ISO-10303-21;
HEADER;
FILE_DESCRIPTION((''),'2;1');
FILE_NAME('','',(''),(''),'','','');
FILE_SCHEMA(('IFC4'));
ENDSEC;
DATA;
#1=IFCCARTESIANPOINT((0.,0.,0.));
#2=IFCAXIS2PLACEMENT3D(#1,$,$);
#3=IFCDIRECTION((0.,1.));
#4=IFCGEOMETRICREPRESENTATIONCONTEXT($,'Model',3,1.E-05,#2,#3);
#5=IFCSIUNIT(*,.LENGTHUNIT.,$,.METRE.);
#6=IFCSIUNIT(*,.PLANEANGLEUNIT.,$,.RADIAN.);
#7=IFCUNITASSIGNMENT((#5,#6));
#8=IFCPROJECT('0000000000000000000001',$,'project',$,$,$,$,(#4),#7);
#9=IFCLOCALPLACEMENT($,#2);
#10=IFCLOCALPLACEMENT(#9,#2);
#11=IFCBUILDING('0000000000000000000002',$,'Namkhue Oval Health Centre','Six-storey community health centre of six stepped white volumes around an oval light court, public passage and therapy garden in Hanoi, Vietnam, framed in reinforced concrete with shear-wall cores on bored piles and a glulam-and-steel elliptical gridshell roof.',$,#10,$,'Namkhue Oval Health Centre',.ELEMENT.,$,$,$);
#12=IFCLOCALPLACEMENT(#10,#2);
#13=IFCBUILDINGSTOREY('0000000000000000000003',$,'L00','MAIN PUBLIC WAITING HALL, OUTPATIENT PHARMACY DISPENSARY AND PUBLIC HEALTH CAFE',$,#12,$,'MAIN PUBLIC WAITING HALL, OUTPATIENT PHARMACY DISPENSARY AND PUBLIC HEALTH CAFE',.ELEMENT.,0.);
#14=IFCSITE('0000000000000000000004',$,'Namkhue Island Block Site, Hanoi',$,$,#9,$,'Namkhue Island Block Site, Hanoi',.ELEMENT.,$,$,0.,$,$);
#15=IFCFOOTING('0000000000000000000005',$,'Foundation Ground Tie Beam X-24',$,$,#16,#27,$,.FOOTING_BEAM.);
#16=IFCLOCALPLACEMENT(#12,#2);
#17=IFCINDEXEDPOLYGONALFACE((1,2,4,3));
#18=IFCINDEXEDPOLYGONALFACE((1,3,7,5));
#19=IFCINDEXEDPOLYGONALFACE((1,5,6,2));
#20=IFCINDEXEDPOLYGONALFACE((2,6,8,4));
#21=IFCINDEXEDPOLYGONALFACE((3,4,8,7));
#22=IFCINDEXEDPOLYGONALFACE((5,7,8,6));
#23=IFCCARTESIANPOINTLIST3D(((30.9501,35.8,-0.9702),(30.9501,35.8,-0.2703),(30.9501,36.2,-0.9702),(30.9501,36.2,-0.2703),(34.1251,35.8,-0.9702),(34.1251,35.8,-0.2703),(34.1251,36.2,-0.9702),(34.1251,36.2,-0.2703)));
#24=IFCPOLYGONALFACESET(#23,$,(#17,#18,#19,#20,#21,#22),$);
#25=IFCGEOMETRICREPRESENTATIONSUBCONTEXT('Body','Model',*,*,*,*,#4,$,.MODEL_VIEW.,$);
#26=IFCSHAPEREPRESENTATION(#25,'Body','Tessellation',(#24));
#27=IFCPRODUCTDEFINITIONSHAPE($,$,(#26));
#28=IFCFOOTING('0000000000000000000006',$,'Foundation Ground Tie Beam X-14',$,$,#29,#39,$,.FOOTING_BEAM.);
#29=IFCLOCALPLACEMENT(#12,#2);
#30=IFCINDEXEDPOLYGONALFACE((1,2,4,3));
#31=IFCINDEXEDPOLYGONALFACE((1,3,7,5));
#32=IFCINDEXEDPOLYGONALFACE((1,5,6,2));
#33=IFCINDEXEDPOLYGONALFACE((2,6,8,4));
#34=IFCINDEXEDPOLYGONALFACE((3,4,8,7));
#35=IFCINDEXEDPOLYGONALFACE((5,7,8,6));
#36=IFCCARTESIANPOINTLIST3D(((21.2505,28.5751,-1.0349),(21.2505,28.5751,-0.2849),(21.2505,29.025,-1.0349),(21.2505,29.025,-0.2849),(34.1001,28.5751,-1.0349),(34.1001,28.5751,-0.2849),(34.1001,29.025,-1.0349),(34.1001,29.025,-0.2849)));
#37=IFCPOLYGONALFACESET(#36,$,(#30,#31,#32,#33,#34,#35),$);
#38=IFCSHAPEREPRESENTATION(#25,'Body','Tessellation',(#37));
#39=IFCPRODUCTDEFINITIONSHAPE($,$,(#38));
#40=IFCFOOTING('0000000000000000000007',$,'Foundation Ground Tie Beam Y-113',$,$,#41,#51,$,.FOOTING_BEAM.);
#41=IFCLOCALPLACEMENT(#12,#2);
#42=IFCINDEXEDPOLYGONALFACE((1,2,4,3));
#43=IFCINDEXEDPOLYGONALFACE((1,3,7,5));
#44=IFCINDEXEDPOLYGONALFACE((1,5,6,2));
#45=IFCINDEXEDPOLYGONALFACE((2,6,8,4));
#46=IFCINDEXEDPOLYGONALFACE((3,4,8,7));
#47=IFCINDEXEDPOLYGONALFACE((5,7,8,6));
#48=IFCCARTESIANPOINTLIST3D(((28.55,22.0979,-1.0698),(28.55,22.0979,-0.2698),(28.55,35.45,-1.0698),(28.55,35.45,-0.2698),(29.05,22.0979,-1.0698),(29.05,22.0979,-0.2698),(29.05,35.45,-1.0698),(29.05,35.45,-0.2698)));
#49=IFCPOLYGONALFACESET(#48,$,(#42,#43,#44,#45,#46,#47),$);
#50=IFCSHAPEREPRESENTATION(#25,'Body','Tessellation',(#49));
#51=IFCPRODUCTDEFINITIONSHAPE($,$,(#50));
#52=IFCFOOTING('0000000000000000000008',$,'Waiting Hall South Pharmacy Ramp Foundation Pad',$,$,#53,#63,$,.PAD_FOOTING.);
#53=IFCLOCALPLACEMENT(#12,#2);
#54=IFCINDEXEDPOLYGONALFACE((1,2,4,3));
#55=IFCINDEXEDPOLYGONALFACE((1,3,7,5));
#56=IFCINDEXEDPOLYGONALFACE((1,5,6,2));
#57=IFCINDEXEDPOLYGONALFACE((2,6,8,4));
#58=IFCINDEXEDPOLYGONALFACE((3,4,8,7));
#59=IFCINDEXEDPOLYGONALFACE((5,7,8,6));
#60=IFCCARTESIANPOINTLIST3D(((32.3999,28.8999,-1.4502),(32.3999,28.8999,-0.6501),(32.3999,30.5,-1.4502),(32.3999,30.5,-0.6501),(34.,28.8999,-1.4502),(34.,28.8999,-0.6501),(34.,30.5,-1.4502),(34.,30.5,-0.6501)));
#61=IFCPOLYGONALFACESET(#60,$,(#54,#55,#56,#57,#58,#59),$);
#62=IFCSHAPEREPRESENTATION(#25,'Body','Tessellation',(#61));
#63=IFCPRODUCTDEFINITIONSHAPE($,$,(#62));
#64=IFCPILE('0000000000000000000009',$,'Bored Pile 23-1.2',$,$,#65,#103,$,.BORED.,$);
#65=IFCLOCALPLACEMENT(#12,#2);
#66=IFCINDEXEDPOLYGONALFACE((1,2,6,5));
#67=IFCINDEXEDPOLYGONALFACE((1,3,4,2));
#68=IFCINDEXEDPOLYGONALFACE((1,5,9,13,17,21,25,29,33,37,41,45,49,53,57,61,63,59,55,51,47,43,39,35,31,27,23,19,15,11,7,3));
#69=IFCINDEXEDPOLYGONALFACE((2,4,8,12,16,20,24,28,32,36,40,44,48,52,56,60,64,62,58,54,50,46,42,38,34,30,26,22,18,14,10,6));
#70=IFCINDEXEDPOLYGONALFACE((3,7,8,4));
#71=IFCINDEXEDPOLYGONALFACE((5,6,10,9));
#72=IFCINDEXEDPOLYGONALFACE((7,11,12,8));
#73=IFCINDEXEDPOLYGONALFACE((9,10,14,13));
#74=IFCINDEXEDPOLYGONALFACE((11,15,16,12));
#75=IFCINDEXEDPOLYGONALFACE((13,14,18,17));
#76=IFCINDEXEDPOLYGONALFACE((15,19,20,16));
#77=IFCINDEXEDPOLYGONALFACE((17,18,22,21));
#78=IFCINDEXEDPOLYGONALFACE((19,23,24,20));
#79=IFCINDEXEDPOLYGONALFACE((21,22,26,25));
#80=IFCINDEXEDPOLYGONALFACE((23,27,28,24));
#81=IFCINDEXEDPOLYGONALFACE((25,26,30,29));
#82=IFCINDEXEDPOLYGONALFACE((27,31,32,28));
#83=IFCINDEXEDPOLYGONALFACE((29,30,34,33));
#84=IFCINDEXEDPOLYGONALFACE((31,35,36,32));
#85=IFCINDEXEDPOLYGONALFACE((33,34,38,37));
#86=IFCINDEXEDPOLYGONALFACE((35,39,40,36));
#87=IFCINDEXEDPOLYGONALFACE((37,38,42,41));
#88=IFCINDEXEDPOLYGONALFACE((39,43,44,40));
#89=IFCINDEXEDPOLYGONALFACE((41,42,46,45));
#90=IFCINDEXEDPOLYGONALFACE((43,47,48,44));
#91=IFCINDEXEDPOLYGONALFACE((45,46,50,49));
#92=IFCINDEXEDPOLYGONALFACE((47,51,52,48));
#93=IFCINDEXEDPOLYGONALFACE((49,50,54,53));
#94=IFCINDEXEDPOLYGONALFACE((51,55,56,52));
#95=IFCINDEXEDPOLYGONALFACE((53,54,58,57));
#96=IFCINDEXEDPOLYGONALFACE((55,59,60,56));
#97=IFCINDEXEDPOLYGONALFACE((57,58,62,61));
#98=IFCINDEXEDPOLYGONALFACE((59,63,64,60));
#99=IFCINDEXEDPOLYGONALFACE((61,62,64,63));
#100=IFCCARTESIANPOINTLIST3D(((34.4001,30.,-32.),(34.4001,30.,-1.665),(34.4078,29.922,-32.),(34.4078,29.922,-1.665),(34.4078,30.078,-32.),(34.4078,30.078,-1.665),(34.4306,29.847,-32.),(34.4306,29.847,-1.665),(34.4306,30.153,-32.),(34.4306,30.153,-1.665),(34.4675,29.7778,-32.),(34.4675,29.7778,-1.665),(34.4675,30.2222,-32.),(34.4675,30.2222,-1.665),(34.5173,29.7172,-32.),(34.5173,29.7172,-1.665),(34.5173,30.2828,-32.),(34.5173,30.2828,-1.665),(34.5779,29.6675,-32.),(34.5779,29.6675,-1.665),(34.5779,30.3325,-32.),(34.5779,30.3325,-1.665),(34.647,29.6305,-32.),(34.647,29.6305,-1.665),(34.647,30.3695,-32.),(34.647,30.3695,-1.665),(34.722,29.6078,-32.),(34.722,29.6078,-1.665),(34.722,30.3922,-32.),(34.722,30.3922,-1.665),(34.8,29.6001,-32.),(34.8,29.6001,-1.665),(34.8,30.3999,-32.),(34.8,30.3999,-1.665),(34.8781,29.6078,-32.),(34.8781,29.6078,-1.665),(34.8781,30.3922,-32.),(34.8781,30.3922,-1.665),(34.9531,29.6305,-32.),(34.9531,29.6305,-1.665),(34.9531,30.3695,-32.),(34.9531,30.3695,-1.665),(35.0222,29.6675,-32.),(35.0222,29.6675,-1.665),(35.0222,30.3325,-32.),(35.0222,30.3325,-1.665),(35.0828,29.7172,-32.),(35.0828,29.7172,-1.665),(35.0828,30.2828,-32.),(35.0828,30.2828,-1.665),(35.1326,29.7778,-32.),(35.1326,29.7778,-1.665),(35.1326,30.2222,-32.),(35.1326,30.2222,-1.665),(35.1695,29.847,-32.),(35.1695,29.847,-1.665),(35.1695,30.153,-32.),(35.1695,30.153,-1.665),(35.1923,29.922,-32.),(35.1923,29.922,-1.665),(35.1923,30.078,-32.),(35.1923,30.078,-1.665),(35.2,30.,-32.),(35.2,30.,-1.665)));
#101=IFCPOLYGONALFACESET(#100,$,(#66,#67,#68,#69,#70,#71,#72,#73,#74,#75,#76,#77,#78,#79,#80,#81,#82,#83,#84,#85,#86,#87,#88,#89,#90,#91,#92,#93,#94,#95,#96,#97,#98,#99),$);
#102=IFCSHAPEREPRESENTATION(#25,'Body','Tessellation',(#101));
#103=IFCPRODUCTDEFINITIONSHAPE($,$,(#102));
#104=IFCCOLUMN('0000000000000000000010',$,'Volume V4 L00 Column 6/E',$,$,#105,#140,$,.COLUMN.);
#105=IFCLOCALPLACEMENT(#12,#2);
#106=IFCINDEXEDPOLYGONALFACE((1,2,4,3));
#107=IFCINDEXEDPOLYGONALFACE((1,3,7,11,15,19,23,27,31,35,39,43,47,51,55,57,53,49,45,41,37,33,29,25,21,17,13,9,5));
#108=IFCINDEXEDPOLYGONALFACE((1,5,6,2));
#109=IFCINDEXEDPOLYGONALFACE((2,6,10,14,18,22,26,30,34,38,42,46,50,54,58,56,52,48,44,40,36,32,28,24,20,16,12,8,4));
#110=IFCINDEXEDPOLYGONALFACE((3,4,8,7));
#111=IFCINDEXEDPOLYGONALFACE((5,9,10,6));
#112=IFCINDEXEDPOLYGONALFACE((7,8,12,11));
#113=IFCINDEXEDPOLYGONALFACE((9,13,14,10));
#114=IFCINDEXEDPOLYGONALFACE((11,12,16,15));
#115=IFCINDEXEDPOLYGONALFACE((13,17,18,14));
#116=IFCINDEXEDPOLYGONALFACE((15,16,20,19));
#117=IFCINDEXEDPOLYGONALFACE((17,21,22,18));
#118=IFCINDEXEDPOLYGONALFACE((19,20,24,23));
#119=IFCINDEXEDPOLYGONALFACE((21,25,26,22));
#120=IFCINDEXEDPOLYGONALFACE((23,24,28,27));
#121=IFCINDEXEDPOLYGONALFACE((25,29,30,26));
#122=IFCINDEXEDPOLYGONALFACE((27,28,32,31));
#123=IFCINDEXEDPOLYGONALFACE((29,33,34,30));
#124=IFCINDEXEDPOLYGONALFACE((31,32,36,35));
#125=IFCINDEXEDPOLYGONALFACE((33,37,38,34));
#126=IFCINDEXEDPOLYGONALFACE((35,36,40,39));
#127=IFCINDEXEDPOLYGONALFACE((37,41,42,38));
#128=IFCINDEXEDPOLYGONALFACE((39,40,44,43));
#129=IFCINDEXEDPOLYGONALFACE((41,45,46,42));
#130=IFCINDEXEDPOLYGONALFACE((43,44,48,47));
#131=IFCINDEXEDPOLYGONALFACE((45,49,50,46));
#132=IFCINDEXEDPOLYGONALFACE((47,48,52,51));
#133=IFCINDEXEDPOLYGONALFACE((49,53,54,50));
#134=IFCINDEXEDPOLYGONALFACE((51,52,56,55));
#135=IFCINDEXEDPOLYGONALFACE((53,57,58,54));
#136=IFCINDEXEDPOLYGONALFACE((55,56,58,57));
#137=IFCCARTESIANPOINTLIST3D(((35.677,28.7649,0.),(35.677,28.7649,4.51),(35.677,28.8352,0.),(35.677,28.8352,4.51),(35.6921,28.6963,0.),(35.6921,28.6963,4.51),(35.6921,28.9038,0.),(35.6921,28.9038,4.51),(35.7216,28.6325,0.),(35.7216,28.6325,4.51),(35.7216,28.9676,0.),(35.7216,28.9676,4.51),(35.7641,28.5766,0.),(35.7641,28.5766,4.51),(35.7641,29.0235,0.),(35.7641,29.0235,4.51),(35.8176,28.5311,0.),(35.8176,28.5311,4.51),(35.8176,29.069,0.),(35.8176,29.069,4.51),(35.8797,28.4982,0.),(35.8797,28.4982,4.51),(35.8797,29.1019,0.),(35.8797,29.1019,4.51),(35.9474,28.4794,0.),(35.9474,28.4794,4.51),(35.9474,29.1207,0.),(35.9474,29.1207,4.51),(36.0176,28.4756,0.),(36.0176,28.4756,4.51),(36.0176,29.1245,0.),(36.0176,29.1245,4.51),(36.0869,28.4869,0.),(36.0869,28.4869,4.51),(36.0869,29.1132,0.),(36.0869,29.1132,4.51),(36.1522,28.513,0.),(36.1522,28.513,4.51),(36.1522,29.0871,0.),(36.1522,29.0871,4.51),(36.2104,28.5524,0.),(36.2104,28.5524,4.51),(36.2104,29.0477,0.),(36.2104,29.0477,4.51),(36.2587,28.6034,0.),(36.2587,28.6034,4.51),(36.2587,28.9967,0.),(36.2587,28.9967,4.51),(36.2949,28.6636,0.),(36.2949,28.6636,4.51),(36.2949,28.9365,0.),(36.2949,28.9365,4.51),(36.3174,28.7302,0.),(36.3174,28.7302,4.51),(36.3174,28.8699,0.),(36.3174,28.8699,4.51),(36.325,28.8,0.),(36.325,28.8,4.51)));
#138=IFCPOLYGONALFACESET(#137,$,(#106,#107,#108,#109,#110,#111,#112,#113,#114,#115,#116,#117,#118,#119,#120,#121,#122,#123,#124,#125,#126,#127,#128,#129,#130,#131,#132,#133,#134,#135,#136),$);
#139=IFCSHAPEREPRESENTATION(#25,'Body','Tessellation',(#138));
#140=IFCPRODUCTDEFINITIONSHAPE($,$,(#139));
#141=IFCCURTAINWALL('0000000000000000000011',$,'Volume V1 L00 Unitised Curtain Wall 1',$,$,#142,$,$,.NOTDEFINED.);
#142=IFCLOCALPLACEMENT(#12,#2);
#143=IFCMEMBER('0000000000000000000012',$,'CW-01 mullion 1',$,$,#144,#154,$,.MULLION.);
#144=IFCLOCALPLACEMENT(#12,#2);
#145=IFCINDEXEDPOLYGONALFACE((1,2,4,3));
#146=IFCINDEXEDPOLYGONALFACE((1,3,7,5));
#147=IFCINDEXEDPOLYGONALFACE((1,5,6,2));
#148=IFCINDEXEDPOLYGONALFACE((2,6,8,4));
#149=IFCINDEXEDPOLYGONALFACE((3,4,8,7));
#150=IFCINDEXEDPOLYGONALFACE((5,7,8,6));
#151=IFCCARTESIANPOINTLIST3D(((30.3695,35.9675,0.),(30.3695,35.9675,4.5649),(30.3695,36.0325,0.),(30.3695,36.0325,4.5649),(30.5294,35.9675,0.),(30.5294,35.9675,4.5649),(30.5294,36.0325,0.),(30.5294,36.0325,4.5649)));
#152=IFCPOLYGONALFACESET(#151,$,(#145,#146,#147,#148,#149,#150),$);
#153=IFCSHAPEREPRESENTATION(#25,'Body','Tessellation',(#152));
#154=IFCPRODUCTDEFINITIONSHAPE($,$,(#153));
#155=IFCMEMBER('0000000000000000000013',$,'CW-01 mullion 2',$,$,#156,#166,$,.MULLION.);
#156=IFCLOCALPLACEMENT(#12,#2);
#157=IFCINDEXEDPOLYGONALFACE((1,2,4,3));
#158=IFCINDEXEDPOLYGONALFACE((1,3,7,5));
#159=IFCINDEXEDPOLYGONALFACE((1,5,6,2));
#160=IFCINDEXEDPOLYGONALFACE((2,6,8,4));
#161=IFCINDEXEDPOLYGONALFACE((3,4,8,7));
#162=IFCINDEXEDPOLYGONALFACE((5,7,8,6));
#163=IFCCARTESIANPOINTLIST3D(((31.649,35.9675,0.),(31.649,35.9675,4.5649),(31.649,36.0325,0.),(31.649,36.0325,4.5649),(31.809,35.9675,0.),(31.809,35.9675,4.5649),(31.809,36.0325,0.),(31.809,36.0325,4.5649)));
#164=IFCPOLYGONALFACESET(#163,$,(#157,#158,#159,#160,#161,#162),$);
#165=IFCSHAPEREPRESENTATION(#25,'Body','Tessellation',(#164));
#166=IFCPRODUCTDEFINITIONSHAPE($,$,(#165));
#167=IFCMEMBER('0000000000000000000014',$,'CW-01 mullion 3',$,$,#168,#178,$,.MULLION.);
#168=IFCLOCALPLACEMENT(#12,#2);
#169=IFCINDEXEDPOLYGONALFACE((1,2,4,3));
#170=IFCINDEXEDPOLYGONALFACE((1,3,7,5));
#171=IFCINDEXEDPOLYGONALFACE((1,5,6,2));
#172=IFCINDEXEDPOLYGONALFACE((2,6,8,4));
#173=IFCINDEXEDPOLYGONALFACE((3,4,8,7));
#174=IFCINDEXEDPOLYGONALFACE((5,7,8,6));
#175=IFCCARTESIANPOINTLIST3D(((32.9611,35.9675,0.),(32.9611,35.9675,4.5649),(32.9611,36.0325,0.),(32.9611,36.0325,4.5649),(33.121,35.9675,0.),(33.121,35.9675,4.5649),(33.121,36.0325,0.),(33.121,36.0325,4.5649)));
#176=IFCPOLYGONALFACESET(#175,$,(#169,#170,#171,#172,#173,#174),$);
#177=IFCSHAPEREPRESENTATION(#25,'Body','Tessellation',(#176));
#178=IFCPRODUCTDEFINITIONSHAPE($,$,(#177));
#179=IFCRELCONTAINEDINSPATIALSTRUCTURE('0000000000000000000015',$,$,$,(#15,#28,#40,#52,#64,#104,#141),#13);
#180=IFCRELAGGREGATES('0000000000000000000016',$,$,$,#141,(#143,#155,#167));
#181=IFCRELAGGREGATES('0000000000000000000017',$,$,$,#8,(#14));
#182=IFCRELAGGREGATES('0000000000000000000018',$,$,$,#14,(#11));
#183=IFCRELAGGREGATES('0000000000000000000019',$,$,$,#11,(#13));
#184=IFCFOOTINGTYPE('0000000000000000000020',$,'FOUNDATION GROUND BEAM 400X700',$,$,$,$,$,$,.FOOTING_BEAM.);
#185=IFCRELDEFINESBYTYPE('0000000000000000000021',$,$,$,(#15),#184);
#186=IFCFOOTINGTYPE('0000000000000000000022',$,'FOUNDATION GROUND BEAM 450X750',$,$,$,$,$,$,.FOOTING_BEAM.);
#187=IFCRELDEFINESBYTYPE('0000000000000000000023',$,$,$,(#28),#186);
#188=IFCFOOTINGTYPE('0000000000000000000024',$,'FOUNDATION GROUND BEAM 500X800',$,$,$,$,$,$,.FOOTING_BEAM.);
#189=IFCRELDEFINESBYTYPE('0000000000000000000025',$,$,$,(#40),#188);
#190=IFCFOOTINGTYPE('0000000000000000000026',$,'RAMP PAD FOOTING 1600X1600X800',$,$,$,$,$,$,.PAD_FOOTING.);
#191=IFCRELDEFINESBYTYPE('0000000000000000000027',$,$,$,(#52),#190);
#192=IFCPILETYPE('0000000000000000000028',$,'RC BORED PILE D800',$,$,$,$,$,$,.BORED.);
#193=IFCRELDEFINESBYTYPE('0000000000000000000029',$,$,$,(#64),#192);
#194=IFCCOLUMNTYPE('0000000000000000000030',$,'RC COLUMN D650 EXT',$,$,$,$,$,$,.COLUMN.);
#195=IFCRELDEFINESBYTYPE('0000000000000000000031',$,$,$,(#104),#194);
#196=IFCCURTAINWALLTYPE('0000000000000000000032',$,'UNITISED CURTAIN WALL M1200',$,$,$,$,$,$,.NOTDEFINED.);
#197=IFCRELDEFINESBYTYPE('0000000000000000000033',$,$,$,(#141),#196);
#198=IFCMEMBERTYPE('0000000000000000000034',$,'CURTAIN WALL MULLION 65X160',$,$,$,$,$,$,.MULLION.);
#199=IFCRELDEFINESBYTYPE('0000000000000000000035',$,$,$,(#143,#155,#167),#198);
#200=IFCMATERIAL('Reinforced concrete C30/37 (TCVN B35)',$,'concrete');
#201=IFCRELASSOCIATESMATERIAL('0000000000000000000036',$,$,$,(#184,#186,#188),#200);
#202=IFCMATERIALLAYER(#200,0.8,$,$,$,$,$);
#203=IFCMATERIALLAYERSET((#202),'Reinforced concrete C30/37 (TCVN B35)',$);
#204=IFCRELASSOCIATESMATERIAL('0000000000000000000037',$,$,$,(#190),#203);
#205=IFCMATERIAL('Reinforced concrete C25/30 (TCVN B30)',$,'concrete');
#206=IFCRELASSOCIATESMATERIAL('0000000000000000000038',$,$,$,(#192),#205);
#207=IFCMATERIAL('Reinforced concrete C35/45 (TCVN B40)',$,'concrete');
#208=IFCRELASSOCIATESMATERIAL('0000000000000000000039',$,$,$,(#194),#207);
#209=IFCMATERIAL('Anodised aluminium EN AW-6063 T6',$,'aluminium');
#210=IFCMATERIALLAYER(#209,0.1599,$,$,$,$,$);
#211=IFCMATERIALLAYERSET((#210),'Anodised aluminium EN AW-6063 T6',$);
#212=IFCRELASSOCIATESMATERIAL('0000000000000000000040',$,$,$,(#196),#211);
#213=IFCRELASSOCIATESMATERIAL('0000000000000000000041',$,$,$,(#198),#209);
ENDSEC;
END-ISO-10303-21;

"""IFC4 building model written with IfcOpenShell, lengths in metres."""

from ifc_helpers import new_model, si_unit, direction, frame, origin, origin_2d, place, context, subcontext, project, spatial, rectangle, circle, extrude, material, layer, layer_set, material_profile, profile_set, type_object, element, aggregate, save


model = new_model("IFC4")

# Units and contexts
model_context = context("Model", 3, precision=1e-05, world=origin(), true_north=direction((0.0, 1.0)))
body_context = subcontext(model_context, "Body", "Model", "MODEL_VIEW")
ifc_project = project(units=[si_unit("LENGTHUNIT", "METRE"), si_unit("PLANEANGLEUNIT", "RADIAN")], contexts=[model_context])

# Site, building, storey
site_placement = place(None, origin())
site = spatial("IfcSite", under=ifc_project, at=site_placement, Name="Namkhue Island Block Site, Hanoi", LongName="Namkhue Island Block Site, Hanoi", CompositionType="ELEMENT", RefElevation=0.0)
building_placement = place(site_placement, origin())
building = spatial("IfcBuilding", under=site, at=building_placement, Name="Namkhue Oval Health Centre", Description="Six-storey community health centre of six stepped white volumes around an oval light court, public passage and therapy garden in Hanoi, Vietnam, framed in reinforced concrete with shear-wall cores on bored piles and a glulam-and-steel elliptical gridshell roof.", LongName="Namkhue Oval Health Centre", CompositionType="ELEMENT")
storey_placement = place(building_placement, origin())
storey = spatial("IfcBuildingStorey", under=building, at=storey_placement, Name="L00", Description="MAIN PUBLIC WAITING HALL, OUTPATIENT PHARMACY DISPENSARY AND PUBLIC HEALTH CAFE", LongName="MAIN PUBLIC WAITING HALL, OUTPATIENT PHARMACY DISPENSARY AND PUBLIC HEALTH CAFE", CompositionType="ELEMENT", Elevation=0.0)

# Footings
ifc_material_1 = material(Name="Reinforced concrete C30/37 (TCVN B35)", Category="concrete")
footing_type_1 = type_object("IfcFootingType", Name="FOUNDATION GROUND BEAM 400X700", PredefinedType="FOOTING_BEAM", material=ifc_material_1)
footing_1_placement = place(storey_placement, frame((32.5376, 36.0, -0.9702), z_axis=(0.0, 0.0, 1.0), x_axis=(1.0, 0.0, 0.0)))
element("IfcFooting", 1, at=footing_1_placement, inside=storey, type_object=footing_type_1, Name="Foundation Ground Tie Beam X-24", PredefinedType="FOOTING_BEAM", context=body_context, shape_type="SweptSolid", body=[
    extrude(rectangle(XDim=3.175, YDim=0.3999, at=origin_2d()), origin(), (0.0, 0.0, 1.0), 0.7),
])
footing_type_2 = type_object("IfcFootingType", Name="FOUNDATION GROUND BEAM 450X750", PredefinedType="FOOTING_BEAM", material=ifc_material_1)
footing_2_placement = place(storey_placement, frame((27.6753, 28.8, -1.0349), z_axis=(0.0, 0.0, 1.0), x_axis=(1.0, 0.0, 0.0)))
element("IfcFooting", 2, at=footing_2_placement, inside=storey, type_object=footing_type_2, Name="Foundation Ground Tie Beam X-14", PredefinedType="FOOTING_BEAM", context=body_context, shape_type="SweptSolid", body=[
    extrude(rectangle(XDim=12.8496, YDim=0.45, at=origin_2d()), origin(), (0.0, 0.0, 1.0), 0.75),
])
footing_type_3 = type_object("IfcFootingType", Name="FOUNDATION GROUND BEAM 500X800", PredefinedType="FOOTING_BEAM", material=ifc_material_1)
footing_3_placement = place(storey_placement, frame((28.8, 28.7739, -1.0698), z_axis=(0.0, 0.0, 1.0), x_axis=(0.0, 1.0, 0.0)))
element("IfcFooting", 3, at=footing_3_placement, inside=storey, type_object=footing_type_3, Name="Foundation Ground Tie Beam Y-113", PredefinedType="FOOTING_BEAM", context=body_context, shape_type="SweptSolid", body=[
    extrude(rectangle(XDim=13.3521, YDim=0.5, at=origin_2d()), origin(), (0.0, 0.0, 1.0), 0.8),
])
ifc_layer_1 = layer(ifc_material_1, 0.8)
ifc_layer_set_1 = layer_set([ifc_layer_1], Name="Reinforced concrete C30/37 (TCVN B35)")
footing_type_4 = type_object("IfcFootingType", Name="RAMP PAD FOOTING 1600X1600X800", PredefinedType="PAD_FOOTING", material=ifc_layer_set_1)
footing_4_placement = place(storey_placement, frame((33.2, 29.7, -1.4502), z_axis=(0.0, 0.0, 1.0), x_axis=(0.0, 1.0, 0.0)))
element("IfcFooting", 4, at=footing_4_placement, inside=storey, type_object=footing_type_4, Name="Waiting Hall South Pharmacy Ramp Foundation Pad", PredefinedType="PAD_FOOTING", context=body_context, shape_type="SweptSolid", body=[
    extrude(rectangle(XDim=1.6001, YDim=1.6001, at=origin_2d()), origin(), (0.0, 0.0, 1.0), 0.8),
])

# Pile
ifc_material_2 = material(Name="Reinforced concrete C25/30 (TCVN B30)", Category="concrete")
ifc_material_profile_1 = material_profile(ifc_material_2, circle(Radius=0.3999, at=origin_2d()), Name="BORED PILE D800")
ifc_profile_set_1 = profile_set([ifc_material_profile_1], Name="Reinforced concrete C25/30 (TCVN B30)")
pile_type = type_object("IfcPileType", Name="RC BORED PILE D800", PredefinedType="BORED", material=ifc_profile_set_1)
pile_placement = place(storey_placement, frame((34.8, 30.0, -1.665), z_axis=(0.0, 0.0, -1.0), x_axis=(1.0, 0.0, 0.0)))
element("IfcPile", 5, at=pile_placement, inside=storey, type_object=pile_type, Name="Bored Pile 23-1.2", PredefinedType="BORED", context=body_context, shape_type="SweptSolid", body=[
    extrude(circle(Radius=0.3999, at=origin_2d()), origin(), (0.0, 0.0, 1.0), 30.335),
])

# Column
ifc_material_3 = material(Name="Reinforced concrete C35/45 (TCVN B40)", Category="concrete")
ifc_material_profile_2 = material_profile(ifc_material_3, circle(Radius=0.325, at=origin_2d()), Name="RC D650")
ifc_profile_set_2 = profile_set([ifc_material_profile_2], Name="Reinforced concrete C35/45 (TCVN B40)")
column_type = type_object("IfcColumnType", Name="RC COLUMN D650 EXT", PredefinedType="COLUMN", material=ifc_profile_set_2)
column_placement = place(storey_placement, frame((36.0, 28.8, 0.0), z_axis=(0.0, 0.0, 1.0), x_axis=(1.0, 0.0, 0.0)))
element("IfcColumn", 6, at=column_placement, inside=storey, type_object=column_type, Name="Volume V4 L00 Column 6/E", PredefinedType="COLUMN", context=body_context, shape_type="SweptSolid", body=[
    extrude(circle(Radius=0.325, at=origin_2d()), origin(), (0.0, 0.0, 1.0), 4.51),
])

# Curtain wall, members
ifc_material_4 = material(Name="Anodised aluminium EN AW-6063 T6", Category="aluminium")
ifc_layer_2 = layer(ifc_material_4, 0.1599)
ifc_layer_set_2 = layer_set([ifc_layer_2], Name="Anodised aluminium EN AW-6063 T6")
curtain_wall_type = type_object("IfcCurtainWallType", Name="UNITISED CURTAIN WALL M1200", PredefinedType="NOTDEFINED", material=ifc_layer_set_2)
curtain_wall_placement = place(storey_placement, origin())
curtain_wall = element("IfcCurtainWall", 7, at=curtain_wall_placement, inside=storey, type_object=curtain_wall_type, Name="Volume V1 L00 Unitised Curtain Wall 1", PredefinedType="NOTDEFINED")
ifc_material_profile_3 = material_profile(ifc_material_4, rectangle(XDim=0.0649, YDim=0.1599, at=origin_2d()), Name="ALU 65x160")
ifc_profile_set_3 = profile_set([ifc_material_profile_3], Name="Anodised aluminium EN AW-6063 T6")
member_type_1 = type_object("IfcMemberType", Name="CURTAIN WALL MULLION 65X160", PredefinedType="MULLION", material=ifc_profile_set_3)
member_1_placement = place(storey_placement, frame((30.4495, 36.0, 0.0), z_axis=(0.0, 0.0, 1.0), x_axis=(0.0, 1.0, 0.0)))
member_1 = element("IfcMember", 8, at=member_1_placement, type_object=member_type_1, Name="CW-01 mullion 1", PredefinedType="MULLION", context=body_context, shape_type="SweptSolid", body=[
    extrude(rectangle(XDim=0.0649, YDim=0.1599, at=origin_2d()), origin(), (0.0, 0.0, 1.0), 4.5649),
])
member_2_placement = place(storey_placement, frame((31.729, 36.0, 0.0), z_axis=(0.0, 0.0, 1.0), x_axis=(0.0, 1.0, 0.0)))
member_2 = element("IfcMember", 9, at=member_2_placement, type_object=member_type_1, Name="CW-01 mullion 2", PredefinedType="MULLION", context=body_context, shape_type="SweptSolid", body=[
    extrude(rectangle(XDim=0.0649, YDim=0.1599, at=origin_2d()), origin(), (0.0, 0.0, 1.0), 4.5649),
])
member_3_placement = place(storey_placement, frame((33.041, 36.0, 0.0), z_axis=(0.0, 0.0, 1.0), x_axis=(0.0, 1.0, 0.0)))
member_3 = element("IfcMember", 10, at=member_3_placement, type_object=member_type_1, Name="CW-01 mullion 3", PredefinedType="MULLION", context=body_context, shape_type="SweptSolid", body=[
    extrude(rectangle(XDim=0.0649, YDim=0.1599, at=origin_2d()), origin(), (0.0, 0.0, 1.0), 4.5649),
])
aggregate(curtain_wall, [member_1, member_2, member_3])

save(model, "model.ifc")
